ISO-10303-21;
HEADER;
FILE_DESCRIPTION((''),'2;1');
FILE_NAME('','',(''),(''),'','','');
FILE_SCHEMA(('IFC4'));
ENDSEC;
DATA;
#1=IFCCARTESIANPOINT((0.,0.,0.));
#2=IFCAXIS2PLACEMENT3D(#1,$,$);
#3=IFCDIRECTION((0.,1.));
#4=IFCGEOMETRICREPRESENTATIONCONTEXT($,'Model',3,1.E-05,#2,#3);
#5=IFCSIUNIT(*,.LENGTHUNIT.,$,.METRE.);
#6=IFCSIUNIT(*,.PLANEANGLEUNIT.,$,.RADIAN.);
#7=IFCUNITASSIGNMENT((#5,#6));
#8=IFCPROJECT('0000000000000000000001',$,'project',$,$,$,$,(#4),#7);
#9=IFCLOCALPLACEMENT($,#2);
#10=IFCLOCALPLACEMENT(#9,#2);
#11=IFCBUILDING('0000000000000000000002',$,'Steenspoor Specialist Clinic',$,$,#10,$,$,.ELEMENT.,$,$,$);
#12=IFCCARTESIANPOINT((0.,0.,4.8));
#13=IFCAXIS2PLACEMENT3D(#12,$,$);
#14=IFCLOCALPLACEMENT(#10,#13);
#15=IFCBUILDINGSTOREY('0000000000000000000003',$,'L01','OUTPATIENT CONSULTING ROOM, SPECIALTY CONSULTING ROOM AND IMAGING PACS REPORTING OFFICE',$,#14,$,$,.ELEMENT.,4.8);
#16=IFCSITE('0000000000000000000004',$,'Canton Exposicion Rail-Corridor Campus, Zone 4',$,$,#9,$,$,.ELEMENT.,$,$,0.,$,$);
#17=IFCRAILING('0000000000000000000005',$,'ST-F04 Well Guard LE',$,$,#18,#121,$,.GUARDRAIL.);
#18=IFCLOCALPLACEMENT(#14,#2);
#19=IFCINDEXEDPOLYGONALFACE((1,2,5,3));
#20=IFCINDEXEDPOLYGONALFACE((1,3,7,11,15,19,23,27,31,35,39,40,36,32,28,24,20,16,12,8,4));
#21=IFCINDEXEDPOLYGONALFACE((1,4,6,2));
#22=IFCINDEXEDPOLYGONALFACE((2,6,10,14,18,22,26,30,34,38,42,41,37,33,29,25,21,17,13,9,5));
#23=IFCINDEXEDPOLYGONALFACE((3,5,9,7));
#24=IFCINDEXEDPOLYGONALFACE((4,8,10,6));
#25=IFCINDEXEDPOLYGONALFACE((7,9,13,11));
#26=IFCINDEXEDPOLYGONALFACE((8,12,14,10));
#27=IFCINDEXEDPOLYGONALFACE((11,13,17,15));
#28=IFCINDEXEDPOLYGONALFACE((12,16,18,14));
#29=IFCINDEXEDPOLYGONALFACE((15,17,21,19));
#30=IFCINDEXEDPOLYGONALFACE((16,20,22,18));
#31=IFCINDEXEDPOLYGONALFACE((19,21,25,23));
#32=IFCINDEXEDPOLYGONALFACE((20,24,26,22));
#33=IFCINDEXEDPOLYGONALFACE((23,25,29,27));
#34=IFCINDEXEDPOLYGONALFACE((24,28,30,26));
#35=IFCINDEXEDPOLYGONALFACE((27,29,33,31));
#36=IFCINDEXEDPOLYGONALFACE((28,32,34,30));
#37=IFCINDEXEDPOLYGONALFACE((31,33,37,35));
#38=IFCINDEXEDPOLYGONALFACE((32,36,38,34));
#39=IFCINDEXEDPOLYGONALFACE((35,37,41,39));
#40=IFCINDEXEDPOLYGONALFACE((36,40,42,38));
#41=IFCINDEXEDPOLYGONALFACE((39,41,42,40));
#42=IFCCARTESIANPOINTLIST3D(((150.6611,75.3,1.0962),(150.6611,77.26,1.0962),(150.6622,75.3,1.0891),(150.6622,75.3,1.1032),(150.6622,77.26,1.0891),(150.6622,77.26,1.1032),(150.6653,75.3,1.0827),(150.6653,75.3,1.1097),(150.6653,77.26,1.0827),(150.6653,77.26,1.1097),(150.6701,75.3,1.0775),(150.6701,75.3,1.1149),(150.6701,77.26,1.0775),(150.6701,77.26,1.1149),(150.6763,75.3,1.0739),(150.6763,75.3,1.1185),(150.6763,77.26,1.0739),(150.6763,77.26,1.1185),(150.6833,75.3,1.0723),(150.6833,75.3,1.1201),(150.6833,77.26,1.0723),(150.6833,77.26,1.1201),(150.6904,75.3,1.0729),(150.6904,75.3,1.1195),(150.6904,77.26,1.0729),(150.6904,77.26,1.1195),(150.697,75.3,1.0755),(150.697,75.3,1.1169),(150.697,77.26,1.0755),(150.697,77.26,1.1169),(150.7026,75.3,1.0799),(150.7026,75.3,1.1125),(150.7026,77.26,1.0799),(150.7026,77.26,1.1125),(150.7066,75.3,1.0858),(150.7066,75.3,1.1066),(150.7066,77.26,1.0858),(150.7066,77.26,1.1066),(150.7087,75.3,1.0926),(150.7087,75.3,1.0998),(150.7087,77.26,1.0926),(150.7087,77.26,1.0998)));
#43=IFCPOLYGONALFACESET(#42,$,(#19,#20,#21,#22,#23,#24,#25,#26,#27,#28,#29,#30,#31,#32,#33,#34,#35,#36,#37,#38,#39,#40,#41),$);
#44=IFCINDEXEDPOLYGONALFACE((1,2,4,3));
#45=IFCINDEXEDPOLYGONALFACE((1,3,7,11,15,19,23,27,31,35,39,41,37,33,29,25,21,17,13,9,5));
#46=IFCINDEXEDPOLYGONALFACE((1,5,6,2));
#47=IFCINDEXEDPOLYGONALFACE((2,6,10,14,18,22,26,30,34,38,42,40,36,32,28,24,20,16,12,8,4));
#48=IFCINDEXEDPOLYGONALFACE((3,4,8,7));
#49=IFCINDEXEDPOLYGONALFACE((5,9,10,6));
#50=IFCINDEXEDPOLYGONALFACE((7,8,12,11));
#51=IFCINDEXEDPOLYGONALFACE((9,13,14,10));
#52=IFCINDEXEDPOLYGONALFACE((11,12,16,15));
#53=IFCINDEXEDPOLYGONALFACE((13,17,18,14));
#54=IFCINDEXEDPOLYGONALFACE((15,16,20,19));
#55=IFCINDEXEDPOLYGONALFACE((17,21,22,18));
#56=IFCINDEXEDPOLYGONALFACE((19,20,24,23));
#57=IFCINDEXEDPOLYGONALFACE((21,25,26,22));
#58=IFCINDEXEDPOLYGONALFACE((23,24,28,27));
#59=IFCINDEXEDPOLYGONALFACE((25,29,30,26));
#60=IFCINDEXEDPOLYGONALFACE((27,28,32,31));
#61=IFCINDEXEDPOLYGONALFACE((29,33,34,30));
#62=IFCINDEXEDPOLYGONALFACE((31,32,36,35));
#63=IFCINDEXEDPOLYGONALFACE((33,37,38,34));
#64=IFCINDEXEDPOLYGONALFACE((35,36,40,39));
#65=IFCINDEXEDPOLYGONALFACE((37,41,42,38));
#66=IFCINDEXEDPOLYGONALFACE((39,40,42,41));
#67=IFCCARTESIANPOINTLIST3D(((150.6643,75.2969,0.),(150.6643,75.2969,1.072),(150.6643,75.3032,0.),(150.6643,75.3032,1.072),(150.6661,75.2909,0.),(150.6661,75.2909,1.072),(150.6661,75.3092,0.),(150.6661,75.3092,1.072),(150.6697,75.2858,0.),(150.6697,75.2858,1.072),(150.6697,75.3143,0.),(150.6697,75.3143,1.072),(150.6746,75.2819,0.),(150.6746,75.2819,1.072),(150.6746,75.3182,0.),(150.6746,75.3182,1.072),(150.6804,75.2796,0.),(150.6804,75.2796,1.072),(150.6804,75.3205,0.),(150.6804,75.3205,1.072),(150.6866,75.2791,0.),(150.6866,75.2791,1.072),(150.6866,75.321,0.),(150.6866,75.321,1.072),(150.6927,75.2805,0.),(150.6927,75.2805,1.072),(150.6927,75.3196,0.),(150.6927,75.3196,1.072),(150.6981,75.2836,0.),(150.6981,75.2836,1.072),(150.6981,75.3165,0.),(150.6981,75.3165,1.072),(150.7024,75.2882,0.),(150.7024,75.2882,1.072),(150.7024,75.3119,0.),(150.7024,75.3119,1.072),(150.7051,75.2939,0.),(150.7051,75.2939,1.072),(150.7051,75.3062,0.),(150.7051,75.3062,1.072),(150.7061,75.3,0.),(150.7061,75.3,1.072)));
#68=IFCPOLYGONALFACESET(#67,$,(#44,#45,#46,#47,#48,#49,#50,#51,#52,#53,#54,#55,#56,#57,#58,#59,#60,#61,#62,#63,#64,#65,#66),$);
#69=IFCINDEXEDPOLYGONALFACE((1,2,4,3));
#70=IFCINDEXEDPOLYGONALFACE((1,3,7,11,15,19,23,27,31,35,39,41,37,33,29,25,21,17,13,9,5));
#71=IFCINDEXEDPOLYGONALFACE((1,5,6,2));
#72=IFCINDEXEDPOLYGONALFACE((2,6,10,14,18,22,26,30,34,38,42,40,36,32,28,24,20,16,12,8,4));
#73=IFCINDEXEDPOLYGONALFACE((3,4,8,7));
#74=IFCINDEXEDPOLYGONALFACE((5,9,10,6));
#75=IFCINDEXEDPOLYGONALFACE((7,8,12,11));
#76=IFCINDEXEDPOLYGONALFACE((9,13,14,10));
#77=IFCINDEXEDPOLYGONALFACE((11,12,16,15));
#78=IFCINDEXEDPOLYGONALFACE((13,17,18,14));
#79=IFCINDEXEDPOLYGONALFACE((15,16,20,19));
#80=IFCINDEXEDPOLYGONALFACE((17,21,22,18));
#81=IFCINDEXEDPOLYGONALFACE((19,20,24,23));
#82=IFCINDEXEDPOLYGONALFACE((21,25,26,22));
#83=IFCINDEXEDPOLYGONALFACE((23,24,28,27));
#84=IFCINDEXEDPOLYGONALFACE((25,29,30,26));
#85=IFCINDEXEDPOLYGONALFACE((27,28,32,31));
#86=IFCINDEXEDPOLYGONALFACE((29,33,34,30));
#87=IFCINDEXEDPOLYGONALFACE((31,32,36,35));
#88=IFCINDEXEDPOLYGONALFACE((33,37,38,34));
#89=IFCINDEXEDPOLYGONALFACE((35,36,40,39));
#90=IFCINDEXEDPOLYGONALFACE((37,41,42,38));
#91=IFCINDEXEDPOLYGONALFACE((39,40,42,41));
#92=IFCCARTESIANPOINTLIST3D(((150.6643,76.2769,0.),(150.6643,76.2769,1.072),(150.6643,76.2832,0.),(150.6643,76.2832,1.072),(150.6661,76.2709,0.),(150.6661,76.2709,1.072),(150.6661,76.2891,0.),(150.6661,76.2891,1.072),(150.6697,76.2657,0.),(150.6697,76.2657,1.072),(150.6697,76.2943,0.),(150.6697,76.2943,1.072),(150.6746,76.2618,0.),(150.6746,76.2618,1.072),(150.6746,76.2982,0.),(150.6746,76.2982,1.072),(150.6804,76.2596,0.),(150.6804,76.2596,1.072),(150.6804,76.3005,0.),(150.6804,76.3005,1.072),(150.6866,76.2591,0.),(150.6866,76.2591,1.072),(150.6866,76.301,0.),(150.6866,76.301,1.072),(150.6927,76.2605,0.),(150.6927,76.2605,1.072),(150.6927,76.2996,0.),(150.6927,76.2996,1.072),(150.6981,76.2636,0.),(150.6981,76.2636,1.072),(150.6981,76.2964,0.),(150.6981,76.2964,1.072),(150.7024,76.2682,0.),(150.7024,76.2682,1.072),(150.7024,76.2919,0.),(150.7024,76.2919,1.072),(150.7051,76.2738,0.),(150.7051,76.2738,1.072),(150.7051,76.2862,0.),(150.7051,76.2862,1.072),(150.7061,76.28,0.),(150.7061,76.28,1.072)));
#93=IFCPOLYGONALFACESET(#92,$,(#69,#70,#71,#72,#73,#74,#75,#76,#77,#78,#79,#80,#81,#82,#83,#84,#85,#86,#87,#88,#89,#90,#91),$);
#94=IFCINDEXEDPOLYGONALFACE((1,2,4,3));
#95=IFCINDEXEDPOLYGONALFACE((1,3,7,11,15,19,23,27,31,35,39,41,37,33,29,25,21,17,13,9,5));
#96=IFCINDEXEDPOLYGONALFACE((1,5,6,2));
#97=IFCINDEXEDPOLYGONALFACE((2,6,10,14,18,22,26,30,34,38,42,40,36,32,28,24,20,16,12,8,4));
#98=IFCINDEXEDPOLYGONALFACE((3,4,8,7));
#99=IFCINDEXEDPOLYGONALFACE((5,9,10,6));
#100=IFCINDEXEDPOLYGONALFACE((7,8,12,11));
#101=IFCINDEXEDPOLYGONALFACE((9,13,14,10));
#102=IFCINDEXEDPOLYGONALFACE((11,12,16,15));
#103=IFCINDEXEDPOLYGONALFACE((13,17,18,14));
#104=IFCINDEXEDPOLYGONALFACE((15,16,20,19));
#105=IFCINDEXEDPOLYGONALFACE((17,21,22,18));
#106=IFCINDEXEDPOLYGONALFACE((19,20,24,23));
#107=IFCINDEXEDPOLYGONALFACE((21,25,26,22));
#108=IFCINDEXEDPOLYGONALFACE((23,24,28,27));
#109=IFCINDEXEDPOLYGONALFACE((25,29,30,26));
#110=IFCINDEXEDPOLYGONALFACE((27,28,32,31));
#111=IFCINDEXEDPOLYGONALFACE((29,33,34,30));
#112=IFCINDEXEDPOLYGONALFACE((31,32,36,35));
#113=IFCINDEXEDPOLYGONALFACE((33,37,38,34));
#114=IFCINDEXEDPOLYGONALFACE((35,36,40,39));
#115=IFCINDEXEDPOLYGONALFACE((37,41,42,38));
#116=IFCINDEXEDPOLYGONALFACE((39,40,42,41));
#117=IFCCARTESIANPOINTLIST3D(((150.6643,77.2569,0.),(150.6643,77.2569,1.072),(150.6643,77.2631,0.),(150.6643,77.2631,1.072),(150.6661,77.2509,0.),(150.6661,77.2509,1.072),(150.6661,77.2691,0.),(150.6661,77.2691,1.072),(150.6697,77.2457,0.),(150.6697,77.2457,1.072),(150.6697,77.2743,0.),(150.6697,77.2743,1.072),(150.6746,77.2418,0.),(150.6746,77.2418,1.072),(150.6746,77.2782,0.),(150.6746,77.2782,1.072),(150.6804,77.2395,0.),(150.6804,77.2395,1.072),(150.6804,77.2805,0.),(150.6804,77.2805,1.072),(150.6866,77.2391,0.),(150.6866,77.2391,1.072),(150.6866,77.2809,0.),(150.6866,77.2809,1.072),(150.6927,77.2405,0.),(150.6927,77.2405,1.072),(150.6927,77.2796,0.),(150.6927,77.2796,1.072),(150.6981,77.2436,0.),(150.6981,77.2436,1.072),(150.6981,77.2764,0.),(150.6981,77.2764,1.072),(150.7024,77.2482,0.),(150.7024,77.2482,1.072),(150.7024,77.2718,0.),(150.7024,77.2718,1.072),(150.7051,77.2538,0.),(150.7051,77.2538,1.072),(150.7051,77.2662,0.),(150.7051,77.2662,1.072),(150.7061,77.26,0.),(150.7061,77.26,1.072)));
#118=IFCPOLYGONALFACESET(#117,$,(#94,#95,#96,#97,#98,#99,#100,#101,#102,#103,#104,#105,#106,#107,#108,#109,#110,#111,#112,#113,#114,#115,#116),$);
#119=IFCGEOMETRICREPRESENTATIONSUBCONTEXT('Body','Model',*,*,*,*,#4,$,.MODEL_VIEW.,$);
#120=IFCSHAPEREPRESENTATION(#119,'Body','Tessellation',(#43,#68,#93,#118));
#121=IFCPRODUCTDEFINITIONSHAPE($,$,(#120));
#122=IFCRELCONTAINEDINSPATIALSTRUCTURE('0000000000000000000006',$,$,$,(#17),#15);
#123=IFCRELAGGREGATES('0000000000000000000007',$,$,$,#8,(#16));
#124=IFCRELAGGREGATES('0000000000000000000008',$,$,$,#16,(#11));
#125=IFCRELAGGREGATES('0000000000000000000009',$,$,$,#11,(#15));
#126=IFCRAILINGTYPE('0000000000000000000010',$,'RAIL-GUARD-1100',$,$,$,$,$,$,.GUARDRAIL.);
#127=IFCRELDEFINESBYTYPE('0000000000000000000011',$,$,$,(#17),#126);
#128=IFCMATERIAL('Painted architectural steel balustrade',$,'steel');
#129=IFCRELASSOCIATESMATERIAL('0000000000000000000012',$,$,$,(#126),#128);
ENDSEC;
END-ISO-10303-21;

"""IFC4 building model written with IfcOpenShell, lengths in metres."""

from ifc_helpers import new_model, si_unit, direction, frame, origin, origin_2d, place, context, subcontext, project, spatial, circle, extrude, material, type_object, element, save


model = new_model("IFC4")

# Units and contexts
model_context = context("Model", 3, precision=1e-05, world=origin(), true_north=direction((0.0, 1.0)))
body_context = subcontext(model_context, "Body", "Model", "MODEL_VIEW")
ifc_project = project(units=[si_unit("LENGTHUNIT", "METRE"), si_unit("PLANEANGLEUNIT", "RADIAN")], contexts=[model_context])

# Site, building, storey
site_placement = place(None, origin())
site = spatial("IfcSite", under=ifc_project, at=site_placement, Name="Canton Exposicion Rail-Corridor Campus, Zone 4", CompositionType="ELEMENT", RefElevation=0.0)
building_placement = place(site_placement, origin())
building = spatial("IfcBuilding", under=site, at=building_placement, Name="Steenspoor Specialist Clinic", CompositionType="ELEMENT")
storey_placement = place(building_placement, frame((0.0, 0.0, 4.8)))
storey = spatial("IfcBuildingStorey", under=building, at=storey_placement, Name="L01", Description="OUTPATIENT CONSULTING ROOM, SPECIALTY CONSULTING ROOM AND IMAGING PACS REPORTING OFFICE", CompositionType="ELEMENT", Elevation=4.8)

# Railing
ifc_material_1 = material(Name="Painted architectural steel balustrade", Category="steel")
railing_type_1 = type_object("IfcRailingType", Name="RAIL-GUARD-1100", PredefinedType="GUARDRAIL", material=ifc_material_1)
for number, where, name in (
    (1, (150.6851, 75.3, 0.0), "ST-F04 Well Guard LE"),
):
    element("IfcRailing", number, at=place(storey_placement, frame(where)), inside=storey, type_object=railing_type_1, Name=name, PredefinedType="GUARDRAIL", context=body_context, shape_type="SweptSolid", body=[
        extrude(circle(Radius=0.0239, at=origin_2d()), frame((0.0, 0.0, 1.0962), z_axis=(0.0, 1.0, 0.0), x_axis=(-1.0, 0.0, 0.0)), (0.0, 0.0, 1.0), 1.96),
        extrude(circle(Radius=0.021, at=origin_2d()), origin(), (0.0, 0.0, 1.0), 1.072),
        extrude(circle(Radius=0.021, at=origin_2d()), frame((0.0, 0.98, 0.0)), (0.0, 0.0, 1.0), 1.072),
        extrude(circle(Radius=0.021, at=origin_2d()), frame((0.0, 1.96, 0.0)), (0.0, 0.0, 1.0), 1.072),
    ])

save(model, "model.ifc")
